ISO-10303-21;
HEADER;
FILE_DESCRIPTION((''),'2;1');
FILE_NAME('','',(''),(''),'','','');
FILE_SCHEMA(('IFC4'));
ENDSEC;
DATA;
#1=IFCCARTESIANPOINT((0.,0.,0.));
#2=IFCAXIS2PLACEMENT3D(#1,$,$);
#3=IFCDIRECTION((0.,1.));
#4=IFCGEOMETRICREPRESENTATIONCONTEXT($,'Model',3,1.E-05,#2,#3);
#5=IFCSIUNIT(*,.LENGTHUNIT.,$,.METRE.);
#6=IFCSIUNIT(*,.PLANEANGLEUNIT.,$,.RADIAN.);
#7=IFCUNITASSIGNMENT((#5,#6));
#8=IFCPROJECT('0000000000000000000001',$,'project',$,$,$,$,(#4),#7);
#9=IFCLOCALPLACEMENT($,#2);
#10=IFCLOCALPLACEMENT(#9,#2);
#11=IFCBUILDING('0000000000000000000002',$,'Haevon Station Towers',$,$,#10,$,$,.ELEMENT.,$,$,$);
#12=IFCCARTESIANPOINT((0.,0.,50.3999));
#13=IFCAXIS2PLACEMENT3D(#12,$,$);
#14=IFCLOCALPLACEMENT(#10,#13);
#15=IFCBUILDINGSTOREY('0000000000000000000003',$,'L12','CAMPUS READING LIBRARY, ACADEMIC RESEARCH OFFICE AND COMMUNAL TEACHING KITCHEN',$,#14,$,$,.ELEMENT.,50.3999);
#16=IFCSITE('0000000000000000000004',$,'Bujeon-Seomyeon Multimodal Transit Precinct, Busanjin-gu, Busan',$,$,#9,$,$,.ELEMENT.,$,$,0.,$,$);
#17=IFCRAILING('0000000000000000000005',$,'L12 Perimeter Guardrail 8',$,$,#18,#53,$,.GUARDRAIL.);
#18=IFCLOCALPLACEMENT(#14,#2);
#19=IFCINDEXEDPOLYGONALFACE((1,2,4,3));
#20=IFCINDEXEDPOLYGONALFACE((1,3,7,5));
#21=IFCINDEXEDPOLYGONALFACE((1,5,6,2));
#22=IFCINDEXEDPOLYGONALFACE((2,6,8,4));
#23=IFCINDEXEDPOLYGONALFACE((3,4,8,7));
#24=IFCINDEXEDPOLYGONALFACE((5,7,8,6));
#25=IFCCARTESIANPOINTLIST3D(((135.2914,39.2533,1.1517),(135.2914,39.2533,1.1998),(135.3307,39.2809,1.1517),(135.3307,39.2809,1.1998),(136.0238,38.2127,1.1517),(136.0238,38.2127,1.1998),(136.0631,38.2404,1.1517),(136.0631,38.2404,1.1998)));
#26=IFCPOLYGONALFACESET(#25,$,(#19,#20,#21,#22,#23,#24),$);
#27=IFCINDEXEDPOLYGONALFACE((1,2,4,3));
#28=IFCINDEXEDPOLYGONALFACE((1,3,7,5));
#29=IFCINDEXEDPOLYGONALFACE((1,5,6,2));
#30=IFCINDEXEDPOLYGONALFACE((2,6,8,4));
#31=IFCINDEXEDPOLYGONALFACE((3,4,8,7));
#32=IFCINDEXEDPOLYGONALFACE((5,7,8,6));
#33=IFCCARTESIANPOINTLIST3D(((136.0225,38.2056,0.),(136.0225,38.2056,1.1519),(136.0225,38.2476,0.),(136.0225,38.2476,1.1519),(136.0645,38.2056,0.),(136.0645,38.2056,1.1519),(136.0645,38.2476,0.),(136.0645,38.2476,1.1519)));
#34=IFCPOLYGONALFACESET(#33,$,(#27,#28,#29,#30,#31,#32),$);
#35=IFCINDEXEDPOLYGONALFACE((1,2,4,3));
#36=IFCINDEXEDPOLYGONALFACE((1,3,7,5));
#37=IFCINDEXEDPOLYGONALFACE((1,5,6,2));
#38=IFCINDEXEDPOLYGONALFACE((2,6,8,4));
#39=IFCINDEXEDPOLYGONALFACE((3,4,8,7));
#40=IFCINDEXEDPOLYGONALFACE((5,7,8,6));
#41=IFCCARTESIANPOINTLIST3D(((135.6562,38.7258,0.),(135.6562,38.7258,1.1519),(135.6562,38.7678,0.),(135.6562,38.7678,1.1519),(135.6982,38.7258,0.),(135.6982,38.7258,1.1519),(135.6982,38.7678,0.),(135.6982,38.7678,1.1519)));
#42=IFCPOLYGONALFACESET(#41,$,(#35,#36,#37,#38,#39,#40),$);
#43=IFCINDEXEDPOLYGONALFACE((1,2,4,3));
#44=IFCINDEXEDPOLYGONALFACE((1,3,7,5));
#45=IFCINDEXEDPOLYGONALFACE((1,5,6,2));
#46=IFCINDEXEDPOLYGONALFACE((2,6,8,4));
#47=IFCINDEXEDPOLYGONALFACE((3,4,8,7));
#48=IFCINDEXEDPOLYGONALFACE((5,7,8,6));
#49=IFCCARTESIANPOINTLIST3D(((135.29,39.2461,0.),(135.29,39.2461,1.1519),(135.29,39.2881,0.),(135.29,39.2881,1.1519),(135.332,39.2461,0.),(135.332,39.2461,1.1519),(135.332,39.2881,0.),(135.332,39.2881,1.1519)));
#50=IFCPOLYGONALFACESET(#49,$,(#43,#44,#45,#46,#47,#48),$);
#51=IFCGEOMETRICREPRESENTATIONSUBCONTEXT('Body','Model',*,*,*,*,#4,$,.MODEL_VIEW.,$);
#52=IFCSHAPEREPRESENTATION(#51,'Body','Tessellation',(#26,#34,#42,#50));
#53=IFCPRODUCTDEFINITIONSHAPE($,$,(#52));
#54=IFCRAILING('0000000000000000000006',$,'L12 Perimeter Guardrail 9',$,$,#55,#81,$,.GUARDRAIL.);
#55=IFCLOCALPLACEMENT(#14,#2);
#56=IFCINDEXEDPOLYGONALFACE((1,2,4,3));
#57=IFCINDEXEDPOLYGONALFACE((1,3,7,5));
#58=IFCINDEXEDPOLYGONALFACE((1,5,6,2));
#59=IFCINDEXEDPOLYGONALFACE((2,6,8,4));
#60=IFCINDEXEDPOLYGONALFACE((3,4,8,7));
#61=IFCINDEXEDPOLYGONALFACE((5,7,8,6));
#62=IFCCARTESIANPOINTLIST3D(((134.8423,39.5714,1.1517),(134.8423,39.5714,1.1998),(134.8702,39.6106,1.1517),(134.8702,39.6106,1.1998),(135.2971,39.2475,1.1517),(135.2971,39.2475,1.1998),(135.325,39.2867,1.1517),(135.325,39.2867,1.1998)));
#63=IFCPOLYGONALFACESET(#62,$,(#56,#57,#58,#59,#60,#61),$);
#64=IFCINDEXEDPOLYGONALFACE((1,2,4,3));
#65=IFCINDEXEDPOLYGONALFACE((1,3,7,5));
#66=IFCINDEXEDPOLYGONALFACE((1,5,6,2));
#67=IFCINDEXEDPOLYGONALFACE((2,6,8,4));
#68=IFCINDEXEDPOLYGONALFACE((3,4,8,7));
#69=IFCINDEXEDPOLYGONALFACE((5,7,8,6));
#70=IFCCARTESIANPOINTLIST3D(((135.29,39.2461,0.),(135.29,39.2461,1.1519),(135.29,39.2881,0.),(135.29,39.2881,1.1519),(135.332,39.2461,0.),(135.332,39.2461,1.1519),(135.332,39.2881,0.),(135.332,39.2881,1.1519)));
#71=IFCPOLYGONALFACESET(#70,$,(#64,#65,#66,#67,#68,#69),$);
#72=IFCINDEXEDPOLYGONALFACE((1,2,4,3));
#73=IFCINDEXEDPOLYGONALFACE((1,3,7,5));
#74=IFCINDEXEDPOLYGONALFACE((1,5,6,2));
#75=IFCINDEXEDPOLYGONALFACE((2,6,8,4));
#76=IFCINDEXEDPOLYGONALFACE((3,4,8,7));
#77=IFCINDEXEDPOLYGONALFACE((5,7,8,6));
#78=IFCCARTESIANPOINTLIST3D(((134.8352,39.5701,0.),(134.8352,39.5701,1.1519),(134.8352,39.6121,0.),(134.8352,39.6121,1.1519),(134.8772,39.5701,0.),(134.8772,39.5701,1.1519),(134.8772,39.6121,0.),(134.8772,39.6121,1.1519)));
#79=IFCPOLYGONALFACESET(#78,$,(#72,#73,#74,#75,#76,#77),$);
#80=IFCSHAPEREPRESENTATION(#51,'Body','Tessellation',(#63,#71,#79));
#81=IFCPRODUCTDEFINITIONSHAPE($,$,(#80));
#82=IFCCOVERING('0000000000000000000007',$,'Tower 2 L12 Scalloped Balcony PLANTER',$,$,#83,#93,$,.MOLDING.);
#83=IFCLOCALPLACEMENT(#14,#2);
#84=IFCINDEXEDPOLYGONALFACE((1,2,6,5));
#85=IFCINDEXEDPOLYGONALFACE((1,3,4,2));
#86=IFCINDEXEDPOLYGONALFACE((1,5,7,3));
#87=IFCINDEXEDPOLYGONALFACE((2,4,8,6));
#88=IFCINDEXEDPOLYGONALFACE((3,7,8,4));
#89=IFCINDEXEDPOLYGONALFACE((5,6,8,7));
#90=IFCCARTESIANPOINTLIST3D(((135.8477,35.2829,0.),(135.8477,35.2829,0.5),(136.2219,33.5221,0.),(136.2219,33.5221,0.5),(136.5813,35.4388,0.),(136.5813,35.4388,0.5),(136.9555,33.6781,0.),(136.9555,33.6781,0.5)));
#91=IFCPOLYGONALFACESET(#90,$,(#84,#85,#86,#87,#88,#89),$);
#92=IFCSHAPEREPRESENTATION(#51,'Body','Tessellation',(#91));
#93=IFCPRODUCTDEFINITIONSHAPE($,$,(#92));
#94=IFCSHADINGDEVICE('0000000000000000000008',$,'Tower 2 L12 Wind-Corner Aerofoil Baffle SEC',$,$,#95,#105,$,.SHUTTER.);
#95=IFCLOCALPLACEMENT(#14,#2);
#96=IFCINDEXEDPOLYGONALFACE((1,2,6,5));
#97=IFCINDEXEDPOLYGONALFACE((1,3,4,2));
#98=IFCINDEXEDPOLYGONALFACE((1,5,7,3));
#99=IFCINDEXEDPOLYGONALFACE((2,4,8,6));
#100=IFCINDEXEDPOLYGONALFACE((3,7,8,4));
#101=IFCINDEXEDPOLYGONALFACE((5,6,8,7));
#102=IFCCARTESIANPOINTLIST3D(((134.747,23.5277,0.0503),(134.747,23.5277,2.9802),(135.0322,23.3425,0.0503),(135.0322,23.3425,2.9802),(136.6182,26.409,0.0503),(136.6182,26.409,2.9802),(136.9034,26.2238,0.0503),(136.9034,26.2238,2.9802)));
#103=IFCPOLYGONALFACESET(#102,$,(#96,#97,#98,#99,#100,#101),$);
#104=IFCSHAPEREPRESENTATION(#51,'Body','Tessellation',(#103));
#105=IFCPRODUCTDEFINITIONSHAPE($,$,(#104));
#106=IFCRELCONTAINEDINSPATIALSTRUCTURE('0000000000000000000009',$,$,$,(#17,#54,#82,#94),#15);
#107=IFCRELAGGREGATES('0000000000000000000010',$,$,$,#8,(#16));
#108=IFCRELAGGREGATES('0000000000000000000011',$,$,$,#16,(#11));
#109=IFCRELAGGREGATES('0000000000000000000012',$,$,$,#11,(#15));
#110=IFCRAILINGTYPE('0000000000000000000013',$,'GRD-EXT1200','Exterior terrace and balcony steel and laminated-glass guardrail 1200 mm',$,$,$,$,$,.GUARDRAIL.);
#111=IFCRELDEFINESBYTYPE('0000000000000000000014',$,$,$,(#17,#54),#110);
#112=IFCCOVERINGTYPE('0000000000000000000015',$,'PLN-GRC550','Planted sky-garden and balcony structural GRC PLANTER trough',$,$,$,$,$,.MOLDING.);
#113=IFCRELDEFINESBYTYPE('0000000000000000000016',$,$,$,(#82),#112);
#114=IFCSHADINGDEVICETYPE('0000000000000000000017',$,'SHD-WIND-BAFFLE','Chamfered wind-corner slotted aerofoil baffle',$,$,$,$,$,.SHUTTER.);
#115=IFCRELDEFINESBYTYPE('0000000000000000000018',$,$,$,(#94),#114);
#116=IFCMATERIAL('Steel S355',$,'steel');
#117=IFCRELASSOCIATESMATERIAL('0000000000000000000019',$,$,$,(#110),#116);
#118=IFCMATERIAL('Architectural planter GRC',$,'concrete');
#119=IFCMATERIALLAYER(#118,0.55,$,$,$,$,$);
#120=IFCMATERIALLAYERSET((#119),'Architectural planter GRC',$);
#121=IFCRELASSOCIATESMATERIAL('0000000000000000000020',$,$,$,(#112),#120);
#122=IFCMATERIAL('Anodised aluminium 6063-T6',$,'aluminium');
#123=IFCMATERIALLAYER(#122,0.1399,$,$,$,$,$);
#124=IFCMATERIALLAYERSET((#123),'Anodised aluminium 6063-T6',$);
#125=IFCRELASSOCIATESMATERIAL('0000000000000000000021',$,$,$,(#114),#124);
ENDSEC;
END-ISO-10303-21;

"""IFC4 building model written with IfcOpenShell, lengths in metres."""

from ifc_helpers import new_model, si_unit, direction, frame, origin, origin_2d, place, context, subcontext, project, spatial, rectangle, extrude, material, layer, layer_set, type_object, element, save


model = new_model("IFC4")

# Units and contexts
model_context = context("Model", 3, precision=1e-05, world=origin(), true_north=direction((0.0, 1.0)))
body_context = subcontext(model_context, "Body", "Model", "MODEL_VIEW")
ifc_project = project(units=[si_unit("LENGTHUNIT", "METRE"), si_unit("PLANEANGLEUNIT", "RADIAN")], contexts=[model_context])

# Site, building, storey
site_placement = place(None, origin())
site = spatial("IfcSite", under=ifc_project, at=site_placement, Name="Bujeon-Seomyeon Multimodal Transit Precinct, Busanjin-gu, Busan", CompositionType="ELEMENT", RefElevation=0.0)
building_placement = place(site_placement, origin())
building = spatial("IfcBuilding", under=site, at=building_placement, Name="Haevon Station Towers", CompositionType="ELEMENT")
storey_placement = place(building_placement, frame((0.0, 0.0, 50.3999)))
storey = spatial("IfcBuildingStorey", under=building, at=storey_placement, Name="L12", Description="CAMPUS READING LIBRARY, ACADEMIC RESEARCH OFFICE AND COMMUNAL TEACHING KITCHEN", CompositionType="ELEMENT", Elevation=50.3999)

# Shared definitions
ifc_material_1 = material(Name="Steel S355", Category="steel")

# Railings
railing_type = type_object("IfcRailingType", Name="GRD-EXT1200", Description="Exterior terrace and balcony steel and laminated-glass guardrail 1200 mm", PredefinedType="GUARDRAIL", material=ifc_material_1)
railing_1_placement = place(storey_placement, frame((136.0435, 38.2266, 0.0)))
element("IfcRailing", 1, at=railing_1_placement, inside=storey, type_object=railing_type, Name="L12 Perimeter Guardrail 8", PredefinedType="GUARDRAIL", context=body_context, shape_type="SweptSolid", body=[
    extrude(rectangle(XDim=0.0481, YDim=0.0481, at=origin_2d()), frame((0.0, 0.0, 1.1758), z_axis=(-0.575598, 0.817733, 0.0), x_axis=(-0.817733, -0.575598, 0.0)), (0.0, 0.0, 1.0), 1.2725),
    extrude(rectangle(XDim=0.042, YDim=0.042, at=origin_2d()), origin(), (0.0, 0.0, 1.0), 1.1519),
    extrude(rectangle(XDim=0.042, YDim=0.042, at=origin_2d()), frame((-0.3662, 0.5203, 0.0)), (0.0, 0.0, 1.0), 1.1519),
    extrude(rectangle(XDim=0.042, YDim=0.042, at=origin_2d()), frame((-0.7324, 1.0405, 0.0)), (0.0, 0.0, 1.0), 1.1519),
])
railing_2_placement = place(storey_placement, frame((135.311, 39.2671, 0.0)))
element("IfcRailing", 2, at=railing_2_placement, inside=storey, type_object=railing_type, Name="L12 Perimeter Guardrail 9", PredefinedType="GUARDRAIL", context=body_context, shape_type="SweptSolid", body=[
    extrude(rectangle(XDim=0.0481, YDim=0.0481, at=origin_2d()), frame((0.0, 0.0, 1.1758), z_axis=(-0.814501, 0.580162, 0.0), x_axis=(-0.580162, -0.814501, 0.0)), (0.0, 0.0, 1.0), 0.5583),
    extrude(rectangle(XDim=0.042, YDim=0.042, at=origin_2d()), origin(), (0.0, 0.0, 1.0), 1.1519),
    extrude(rectangle(XDim=0.042, YDim=0.042, at=origin_2d()), frame((-0.4548, 0.324, 0.0)), (0.0, 0.0, 1.0), 1.1519),
])

# Covering
ifc_material_2 = material(Name="Architectural planter GRC", Category="concrete")
ifc_layer_1 = layer(ifc_material_2, 0.55)
ifc_layer_set_1 = layer_set([ifc_layer_1], Name="Architectural planter GRC")
covering_type = type_object("IfcCoveringType", Name="PLN-GRC550", Description="Planted sky-garden and balcony structural GRC PLANTER trough", PredefinedType="MOLDING", material=ifc_layer_set_1)
covering_placement = place(storey_placement, frame((136.4016, 34.4805, 0.0), z_axis=(0.0, 0.0, 1.0), x_axis=(0.978148, 0.207912, 0.0)))
element("IfcCovering", 3, at=covering_placement, inside=storey, type_object=covering_type, Name="Tower 2 L12 Scalloped Balcony PLANTER", PredefinedType="MOLDING", context=body_context, shape_type="SweptSolid", body=[
    extrude(rectangle(XDim=0.75, YDim=1.8, at=origin_2d()), origin(), (0.0, 0.0, 1.0), 0.5),
])

# Shading device
ifc_material_3 = material(Name="Anodised aluminium 6063-T6", Category="aluminium")
ifc_layer_2 = layer(ifc_material_3, 0.1399)
ifc_layer_set_2 = layer_set([ifc_layer_2], Name="Anodised aluminium 6063-T6")
shading_device_type = type_object("IfcShadingDeviceType", Name="SHD-WIND-BAFFLE", Description="Chamfered wind-corner slotted aerofoil baffle", PredefinedType="SHUTTER", material=ifc_layer_set_2)
shading_device_placement = place(storey_placement, frame((135.8252, 24.8757, 0.0503), z_axis=(0.0, 0.0, 1.0), x_axis=(-0.544639, -0.838671, 0.0)))
element("IfcShadingDevice", 4, at=shading_device_placement, inside=storey, type_object=shading_device_type, Name="Tower 2 L12 Wind-Corner Aerofoil Baffle SEC", PredefinedType="SHUTTER", context=body_context, shape_type="SweptSolid", body=[
    extrude(rectangle(XDim=3.4355, YDim=0.3401, at=origin_2d()), origin(), (0.0, 0.0, 1.0), 2.9299),
])

save(model, "model.ifc")
